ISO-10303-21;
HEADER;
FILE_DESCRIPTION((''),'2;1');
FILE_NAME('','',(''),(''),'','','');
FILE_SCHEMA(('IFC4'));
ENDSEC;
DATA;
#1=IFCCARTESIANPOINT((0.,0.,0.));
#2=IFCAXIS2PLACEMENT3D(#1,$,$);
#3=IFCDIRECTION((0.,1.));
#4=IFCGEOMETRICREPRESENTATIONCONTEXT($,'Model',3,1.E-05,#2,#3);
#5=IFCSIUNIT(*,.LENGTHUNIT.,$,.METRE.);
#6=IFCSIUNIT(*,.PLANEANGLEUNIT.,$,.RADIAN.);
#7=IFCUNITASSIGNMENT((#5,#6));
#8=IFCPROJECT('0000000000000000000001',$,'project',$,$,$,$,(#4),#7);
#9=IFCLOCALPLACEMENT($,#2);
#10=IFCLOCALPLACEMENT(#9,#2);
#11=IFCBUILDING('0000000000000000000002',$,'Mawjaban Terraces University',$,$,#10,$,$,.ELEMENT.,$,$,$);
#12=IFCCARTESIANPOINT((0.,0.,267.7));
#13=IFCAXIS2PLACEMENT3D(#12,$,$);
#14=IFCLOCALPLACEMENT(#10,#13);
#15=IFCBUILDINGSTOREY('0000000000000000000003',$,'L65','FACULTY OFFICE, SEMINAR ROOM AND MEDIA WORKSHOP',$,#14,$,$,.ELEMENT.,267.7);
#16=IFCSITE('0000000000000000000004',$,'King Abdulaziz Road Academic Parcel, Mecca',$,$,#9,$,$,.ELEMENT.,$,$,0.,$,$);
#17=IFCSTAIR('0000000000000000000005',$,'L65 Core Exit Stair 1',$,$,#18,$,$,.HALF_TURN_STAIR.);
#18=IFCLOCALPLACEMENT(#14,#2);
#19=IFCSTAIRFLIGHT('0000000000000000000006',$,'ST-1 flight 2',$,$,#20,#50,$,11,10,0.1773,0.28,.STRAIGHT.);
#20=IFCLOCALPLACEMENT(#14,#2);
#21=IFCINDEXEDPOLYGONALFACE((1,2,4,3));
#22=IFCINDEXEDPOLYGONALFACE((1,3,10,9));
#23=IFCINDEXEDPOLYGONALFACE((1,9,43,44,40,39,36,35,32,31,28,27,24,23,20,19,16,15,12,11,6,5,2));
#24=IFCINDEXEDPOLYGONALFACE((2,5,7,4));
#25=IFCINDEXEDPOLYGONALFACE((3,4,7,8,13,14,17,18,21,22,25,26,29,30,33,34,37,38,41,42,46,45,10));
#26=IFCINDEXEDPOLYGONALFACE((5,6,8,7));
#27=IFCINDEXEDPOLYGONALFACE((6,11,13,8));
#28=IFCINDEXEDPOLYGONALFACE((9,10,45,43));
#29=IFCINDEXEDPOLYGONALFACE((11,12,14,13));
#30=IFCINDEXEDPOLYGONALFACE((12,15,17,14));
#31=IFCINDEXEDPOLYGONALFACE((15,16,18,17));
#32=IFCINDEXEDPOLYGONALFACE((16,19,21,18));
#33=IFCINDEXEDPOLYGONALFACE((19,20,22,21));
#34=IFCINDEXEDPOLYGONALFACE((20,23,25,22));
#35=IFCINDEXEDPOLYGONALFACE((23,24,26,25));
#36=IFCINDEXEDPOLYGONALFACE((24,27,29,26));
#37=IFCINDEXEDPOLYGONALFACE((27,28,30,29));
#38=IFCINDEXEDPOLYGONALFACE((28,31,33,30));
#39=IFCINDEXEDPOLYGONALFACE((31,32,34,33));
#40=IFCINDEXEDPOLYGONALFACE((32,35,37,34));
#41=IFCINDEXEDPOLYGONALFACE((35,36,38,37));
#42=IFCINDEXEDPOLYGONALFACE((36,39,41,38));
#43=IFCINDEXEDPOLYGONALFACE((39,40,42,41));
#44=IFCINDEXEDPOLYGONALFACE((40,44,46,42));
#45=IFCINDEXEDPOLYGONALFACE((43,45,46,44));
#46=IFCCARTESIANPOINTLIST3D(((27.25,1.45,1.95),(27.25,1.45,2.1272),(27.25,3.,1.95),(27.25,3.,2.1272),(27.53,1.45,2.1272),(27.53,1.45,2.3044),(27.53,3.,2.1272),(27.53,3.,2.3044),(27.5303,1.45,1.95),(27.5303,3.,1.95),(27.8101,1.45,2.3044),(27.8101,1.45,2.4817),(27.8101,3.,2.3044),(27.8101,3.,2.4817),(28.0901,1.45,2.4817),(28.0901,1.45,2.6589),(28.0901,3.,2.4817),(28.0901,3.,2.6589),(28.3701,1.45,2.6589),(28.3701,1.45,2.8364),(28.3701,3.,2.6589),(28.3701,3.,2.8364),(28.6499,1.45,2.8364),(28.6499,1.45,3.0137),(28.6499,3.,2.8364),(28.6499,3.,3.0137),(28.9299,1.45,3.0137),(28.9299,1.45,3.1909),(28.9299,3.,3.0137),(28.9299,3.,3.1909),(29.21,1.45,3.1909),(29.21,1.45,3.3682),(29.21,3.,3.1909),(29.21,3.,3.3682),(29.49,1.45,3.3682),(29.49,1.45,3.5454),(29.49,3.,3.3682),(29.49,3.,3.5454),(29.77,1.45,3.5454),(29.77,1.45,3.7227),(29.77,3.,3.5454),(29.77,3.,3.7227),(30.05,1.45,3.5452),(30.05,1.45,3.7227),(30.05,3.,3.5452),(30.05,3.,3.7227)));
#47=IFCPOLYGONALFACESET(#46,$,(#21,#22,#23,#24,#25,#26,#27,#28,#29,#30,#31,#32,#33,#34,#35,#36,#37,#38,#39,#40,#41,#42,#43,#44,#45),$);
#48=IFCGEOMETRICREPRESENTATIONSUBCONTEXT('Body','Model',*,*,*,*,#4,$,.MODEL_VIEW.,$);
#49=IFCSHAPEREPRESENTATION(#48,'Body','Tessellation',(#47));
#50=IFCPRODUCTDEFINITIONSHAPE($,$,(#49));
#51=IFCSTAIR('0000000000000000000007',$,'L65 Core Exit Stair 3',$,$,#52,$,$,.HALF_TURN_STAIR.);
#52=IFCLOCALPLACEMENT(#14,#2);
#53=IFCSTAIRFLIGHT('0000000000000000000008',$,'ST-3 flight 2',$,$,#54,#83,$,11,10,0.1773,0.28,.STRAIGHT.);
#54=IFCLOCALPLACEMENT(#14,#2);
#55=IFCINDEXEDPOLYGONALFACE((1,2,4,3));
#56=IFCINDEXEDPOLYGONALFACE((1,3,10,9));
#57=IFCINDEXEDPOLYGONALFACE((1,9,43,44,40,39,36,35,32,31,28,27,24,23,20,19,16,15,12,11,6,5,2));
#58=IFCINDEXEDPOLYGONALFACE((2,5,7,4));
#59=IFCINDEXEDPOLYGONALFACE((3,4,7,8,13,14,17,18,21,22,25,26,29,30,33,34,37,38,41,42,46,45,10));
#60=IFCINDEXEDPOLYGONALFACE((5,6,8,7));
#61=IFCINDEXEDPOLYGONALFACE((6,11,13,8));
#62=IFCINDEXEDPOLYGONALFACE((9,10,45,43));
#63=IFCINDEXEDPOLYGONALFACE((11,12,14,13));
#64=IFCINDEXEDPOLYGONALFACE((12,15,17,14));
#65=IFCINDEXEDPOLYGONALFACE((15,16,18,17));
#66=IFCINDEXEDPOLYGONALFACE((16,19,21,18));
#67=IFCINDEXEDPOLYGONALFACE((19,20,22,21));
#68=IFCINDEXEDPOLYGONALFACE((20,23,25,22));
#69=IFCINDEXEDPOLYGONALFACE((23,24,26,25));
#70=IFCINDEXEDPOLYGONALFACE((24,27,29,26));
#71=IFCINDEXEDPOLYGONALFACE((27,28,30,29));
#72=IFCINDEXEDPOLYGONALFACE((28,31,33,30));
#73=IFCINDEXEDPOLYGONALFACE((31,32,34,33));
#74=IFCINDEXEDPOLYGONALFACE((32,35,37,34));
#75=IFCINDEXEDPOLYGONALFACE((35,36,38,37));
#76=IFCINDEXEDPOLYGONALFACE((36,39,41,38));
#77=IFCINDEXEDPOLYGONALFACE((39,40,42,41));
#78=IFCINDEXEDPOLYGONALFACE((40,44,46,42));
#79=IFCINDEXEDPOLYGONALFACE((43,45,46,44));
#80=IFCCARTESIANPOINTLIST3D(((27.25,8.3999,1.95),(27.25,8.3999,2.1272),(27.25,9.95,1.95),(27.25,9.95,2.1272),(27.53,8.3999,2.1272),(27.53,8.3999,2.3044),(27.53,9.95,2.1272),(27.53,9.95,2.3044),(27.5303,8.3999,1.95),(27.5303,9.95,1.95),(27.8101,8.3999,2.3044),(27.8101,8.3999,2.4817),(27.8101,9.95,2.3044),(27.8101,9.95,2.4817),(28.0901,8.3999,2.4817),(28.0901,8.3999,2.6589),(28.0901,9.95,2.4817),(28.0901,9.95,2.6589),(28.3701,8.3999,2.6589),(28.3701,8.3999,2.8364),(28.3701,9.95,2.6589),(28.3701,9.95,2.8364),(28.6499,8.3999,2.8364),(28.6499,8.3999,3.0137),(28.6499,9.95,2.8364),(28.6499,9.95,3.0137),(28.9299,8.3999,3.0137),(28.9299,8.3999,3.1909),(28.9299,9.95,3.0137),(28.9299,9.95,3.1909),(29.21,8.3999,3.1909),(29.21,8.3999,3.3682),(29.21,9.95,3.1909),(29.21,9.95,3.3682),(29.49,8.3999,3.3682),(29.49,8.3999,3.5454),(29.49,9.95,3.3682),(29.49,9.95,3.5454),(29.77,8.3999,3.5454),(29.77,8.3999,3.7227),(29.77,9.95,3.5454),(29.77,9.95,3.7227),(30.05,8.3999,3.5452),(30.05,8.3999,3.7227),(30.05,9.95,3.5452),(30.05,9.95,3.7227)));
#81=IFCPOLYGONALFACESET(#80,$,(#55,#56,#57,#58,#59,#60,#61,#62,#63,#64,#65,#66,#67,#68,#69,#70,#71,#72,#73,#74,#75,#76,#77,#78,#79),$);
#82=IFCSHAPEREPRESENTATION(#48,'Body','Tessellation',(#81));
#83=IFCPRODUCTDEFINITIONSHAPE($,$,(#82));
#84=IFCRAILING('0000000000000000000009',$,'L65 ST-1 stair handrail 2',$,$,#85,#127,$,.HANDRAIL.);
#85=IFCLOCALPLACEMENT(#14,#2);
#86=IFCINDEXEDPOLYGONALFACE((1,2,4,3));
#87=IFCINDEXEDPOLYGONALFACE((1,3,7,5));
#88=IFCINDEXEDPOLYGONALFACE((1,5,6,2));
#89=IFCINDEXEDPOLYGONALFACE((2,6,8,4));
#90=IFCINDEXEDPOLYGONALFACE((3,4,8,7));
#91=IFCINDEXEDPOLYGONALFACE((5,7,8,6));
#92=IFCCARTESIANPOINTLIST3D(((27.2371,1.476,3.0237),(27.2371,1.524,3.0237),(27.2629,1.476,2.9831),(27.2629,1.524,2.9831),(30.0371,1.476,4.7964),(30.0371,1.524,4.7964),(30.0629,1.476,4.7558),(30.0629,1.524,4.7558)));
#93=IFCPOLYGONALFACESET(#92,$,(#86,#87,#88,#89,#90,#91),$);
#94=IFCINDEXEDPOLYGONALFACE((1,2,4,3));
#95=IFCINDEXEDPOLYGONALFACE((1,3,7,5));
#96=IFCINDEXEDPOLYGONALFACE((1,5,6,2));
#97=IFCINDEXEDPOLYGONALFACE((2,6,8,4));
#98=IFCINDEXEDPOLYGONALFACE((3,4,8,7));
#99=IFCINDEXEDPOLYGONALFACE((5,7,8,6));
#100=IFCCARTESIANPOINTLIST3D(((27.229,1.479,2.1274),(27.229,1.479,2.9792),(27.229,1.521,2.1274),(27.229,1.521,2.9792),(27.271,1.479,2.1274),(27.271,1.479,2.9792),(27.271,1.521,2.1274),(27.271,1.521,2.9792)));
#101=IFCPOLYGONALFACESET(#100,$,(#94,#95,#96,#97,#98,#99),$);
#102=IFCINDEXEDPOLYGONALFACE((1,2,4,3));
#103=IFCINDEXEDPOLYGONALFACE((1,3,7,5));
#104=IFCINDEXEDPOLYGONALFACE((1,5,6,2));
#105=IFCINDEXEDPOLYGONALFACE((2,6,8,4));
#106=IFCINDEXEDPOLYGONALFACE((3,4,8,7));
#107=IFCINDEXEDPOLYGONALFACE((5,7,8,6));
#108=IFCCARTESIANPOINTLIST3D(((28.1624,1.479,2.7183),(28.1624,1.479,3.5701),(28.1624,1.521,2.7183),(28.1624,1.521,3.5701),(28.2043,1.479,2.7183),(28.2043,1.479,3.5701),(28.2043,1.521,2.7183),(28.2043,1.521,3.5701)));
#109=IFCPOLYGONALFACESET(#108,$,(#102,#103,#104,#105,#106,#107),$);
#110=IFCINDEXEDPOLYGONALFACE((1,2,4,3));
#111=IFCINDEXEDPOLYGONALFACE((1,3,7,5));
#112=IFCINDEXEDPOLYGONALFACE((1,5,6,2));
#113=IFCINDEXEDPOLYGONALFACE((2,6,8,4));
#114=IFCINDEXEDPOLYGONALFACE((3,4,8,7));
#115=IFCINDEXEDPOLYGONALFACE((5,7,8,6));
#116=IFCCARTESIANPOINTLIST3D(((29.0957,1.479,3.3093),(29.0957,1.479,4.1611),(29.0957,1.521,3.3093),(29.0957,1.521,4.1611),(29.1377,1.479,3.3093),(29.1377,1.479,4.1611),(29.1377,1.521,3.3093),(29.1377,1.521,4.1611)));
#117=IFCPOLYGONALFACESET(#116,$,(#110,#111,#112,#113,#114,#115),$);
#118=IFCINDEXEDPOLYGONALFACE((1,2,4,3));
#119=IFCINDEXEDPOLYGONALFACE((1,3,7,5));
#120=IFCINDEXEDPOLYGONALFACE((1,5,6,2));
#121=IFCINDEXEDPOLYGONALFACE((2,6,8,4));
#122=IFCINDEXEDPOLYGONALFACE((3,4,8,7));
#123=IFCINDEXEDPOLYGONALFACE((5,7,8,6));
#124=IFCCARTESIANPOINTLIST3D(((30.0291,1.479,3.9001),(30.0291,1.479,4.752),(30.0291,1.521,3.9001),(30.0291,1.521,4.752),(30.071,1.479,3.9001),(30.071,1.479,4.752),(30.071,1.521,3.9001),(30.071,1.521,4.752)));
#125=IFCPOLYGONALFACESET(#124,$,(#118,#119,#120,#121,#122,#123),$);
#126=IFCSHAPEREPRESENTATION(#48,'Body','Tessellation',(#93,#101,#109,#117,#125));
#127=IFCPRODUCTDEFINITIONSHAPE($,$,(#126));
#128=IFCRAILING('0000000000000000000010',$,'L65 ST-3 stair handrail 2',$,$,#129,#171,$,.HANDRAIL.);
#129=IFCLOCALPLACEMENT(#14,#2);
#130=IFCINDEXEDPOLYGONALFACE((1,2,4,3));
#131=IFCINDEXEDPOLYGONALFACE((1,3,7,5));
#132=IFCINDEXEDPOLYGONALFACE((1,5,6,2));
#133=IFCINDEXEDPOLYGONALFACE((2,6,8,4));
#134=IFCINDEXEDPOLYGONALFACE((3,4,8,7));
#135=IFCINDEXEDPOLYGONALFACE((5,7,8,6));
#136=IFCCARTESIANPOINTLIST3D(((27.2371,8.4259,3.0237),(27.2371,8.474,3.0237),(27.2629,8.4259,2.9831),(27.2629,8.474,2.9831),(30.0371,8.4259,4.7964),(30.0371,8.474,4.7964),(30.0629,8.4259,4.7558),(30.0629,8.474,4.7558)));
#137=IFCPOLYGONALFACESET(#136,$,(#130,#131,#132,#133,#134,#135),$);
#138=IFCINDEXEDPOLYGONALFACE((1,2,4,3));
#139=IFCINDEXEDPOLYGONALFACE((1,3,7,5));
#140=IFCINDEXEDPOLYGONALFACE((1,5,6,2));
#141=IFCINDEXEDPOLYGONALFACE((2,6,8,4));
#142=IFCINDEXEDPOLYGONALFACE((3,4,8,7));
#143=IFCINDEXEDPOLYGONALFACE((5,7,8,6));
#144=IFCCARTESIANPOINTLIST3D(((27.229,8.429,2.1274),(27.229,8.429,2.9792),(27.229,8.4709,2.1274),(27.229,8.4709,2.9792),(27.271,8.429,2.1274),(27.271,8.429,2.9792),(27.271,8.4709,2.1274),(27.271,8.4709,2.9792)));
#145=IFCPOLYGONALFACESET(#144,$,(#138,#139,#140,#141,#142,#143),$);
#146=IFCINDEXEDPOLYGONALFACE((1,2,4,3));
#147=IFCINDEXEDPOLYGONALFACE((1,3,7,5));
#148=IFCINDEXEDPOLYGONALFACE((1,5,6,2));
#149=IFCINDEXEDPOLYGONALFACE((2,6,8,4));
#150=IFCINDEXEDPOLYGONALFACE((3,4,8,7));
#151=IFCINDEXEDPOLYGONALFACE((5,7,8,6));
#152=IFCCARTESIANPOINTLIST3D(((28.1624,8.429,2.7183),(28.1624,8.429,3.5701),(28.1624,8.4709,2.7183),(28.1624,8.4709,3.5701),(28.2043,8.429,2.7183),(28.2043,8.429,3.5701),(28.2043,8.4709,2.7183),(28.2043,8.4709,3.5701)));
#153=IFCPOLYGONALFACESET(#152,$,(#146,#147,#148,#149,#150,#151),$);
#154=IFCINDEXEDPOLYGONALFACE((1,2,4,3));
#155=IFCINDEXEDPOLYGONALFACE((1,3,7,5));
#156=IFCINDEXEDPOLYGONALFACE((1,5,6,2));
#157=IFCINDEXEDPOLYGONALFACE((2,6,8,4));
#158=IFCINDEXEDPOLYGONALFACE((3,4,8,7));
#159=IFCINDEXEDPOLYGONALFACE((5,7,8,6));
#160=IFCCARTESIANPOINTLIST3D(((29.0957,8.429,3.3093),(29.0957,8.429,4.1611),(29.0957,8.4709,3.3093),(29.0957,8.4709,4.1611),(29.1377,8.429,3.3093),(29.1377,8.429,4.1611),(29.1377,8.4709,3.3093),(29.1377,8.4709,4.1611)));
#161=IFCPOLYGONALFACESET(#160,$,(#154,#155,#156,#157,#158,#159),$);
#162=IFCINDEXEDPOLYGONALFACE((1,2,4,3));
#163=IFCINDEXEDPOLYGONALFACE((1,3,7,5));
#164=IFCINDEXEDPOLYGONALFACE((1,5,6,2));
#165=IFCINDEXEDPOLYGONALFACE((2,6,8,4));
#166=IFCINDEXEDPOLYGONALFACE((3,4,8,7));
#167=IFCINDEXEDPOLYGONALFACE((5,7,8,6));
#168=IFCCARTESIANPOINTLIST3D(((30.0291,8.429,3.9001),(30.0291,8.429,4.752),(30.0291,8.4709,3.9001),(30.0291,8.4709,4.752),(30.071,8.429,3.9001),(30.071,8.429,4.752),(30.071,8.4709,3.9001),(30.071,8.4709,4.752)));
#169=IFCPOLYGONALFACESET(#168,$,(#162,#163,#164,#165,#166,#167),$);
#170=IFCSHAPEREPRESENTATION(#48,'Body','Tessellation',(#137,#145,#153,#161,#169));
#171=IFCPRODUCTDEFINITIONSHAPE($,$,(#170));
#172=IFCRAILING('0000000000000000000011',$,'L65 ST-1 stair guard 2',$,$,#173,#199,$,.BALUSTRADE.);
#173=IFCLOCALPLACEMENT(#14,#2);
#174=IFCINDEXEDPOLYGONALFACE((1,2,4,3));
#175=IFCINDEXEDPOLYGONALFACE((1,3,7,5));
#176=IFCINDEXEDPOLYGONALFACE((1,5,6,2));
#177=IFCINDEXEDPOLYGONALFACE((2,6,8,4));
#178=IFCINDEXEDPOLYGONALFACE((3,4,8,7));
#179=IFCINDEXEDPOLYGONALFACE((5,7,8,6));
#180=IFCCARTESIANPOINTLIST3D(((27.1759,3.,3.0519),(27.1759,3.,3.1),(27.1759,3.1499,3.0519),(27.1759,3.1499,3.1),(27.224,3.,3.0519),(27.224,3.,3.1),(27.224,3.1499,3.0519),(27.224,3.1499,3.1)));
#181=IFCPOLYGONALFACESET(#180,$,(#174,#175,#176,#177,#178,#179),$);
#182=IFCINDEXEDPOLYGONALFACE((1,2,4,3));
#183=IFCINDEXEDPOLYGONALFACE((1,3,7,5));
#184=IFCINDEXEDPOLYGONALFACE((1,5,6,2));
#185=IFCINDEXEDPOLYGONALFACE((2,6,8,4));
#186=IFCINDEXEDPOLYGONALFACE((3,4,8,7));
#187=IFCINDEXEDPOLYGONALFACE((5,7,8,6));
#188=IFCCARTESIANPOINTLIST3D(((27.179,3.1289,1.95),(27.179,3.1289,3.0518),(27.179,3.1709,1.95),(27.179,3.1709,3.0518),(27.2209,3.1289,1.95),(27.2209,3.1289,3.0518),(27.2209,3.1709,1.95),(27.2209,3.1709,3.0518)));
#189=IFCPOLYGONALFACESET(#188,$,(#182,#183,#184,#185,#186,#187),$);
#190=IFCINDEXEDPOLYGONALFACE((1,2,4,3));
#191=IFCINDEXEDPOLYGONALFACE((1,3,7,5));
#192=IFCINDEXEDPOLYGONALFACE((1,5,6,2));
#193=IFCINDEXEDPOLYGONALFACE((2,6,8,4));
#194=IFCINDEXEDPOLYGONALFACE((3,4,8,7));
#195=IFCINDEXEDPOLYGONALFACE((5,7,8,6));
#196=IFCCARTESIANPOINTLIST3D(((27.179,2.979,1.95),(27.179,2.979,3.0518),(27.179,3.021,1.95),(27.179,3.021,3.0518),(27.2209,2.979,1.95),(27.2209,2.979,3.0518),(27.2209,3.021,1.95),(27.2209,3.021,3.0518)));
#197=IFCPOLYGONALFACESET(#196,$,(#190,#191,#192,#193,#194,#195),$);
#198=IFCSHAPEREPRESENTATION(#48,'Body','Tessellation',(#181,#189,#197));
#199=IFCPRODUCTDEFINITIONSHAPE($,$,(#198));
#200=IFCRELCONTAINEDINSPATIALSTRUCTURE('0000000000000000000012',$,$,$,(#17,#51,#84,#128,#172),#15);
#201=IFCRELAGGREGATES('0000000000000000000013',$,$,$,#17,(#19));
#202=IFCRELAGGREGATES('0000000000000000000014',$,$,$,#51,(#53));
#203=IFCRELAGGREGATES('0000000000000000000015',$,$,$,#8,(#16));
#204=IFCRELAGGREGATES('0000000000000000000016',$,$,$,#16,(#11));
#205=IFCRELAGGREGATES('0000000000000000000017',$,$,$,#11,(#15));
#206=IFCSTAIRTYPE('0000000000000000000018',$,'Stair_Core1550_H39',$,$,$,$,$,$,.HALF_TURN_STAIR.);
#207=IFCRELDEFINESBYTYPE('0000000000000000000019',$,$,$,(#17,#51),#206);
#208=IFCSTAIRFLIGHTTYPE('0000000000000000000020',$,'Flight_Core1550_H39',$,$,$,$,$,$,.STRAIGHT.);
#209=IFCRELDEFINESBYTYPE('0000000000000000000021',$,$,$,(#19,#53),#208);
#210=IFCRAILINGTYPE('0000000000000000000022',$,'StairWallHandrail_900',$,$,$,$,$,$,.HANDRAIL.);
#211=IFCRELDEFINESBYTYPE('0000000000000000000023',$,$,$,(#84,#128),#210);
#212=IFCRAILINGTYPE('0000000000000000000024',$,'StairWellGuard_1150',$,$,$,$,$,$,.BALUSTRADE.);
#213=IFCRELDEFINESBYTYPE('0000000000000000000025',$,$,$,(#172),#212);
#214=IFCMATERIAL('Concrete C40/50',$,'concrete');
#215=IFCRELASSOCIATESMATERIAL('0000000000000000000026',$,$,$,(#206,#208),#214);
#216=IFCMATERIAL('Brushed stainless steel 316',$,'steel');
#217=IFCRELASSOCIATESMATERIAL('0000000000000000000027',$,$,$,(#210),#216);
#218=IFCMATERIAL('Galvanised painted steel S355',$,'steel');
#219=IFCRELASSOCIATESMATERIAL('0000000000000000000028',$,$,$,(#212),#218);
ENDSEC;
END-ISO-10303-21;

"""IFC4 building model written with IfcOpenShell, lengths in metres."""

from ifc_helpers import new_model, si_unit, direction, frame, origin, origin_2d, place, context, subcontext, project, spatial, polyline, rectangle, outline, extrude, material, type_object, element, aggregate, save


model = new_model("IFC4")

# Units and contexts
model_context = context("Model", 3, precision=1e-05, world=origin(), true_north=direction((0.0, 1.0)))
body_context = subcontext(model_context, "Body", "Model", "MODEL_VIEW")
ifc_project = project(units=[si_unit("LENGTHUNIT", "METRE"), si_unit("PLANEANGLEUNIT", "RADIAN")], contexts=[model_context])

# Site, building, storey
site_placement = place(None, origin())
site = spatial("IfcSite", under=ifc_project, at=site_placement, Name="King Abdulaziz Road Academic Parcel, Mecca", CompositionType="ELEMENT", RefElevation=0.0)
building_placement = place(site_placement, origin())
building = spatial("IfcBuilding", under=site, at=building_placement, Name="Mawjaban Terraces University", CompositionType="ELEMENT")
storey_placement = place(building_placement, frame((0.0, 0.0, 267.7)))
storey = spatial("IfcBuildingStorey", under=building, at=storey_placement, Name="L65", Description="FACULTY OFFICE, SEMINAR ROOM AND MEDIA WORKSHOP", CompositionType="ELEMENT", Elevation=267.7)

# Stairs, stair flights
ifc_material_1 = material(Name="Concrete C40/50", Category="concrete")
stair_type = type_object("IfcStairType", Name="Stair_Core1550_H39", PredefinedType="HALF_TURN_STAIR", material=ifc_material_1)
stair_1_placement = place(storey_placement, origin())
stair_1 = element("IfcStair", 1, at=stair_1_placement, inside=storey, type_object=stair_type, Name="L65 Core Exit Stair 1", PredefinedType="HALF_TURN_STAIR")
stair_flight_type = type_object("IfcStairFlightType", Name="Flight_Core1550_H39", PredefinedType="STRAIGHT", material=ifc_material_1)
stair_flight_1_placement = place(storey_placement, frame((27.25, 2.2251, 1.95), z_axis=(0.0, 0.0, 1.0), x_axis=(1.0, 0.0, 0.0)))
stair_flight_1 = element("IfcStairFlight", 2, at=stair_flight_1_placement, type_object=stair_flight_type, Name="ST-1 flight 2", NumberOfRisers=11, NumberOfTreads=10, PredefinedType="STRAIGHT", RiserHeight=0.1773, TreadLength=0.28, context=body_context, shape_type="SweptSolid", body=[
    extrude(outline(polyline([(0.0, 0.0), (0.0, 0.1772), (0.28, 0.1772), (0.28, 0.3545), (0.5601, 0.3545), (0.5601, 0.5317), (0.8401, 0.5317), (0.8401, 0.709), (1.1201, 0.709), (1.1201, 0.8865), (1.3999, 0.8865), (1.3999, 1.0637), (1.6799, 1.0637), (1.6799, 1.241), (1.96, 1.241), (1.96, 1.4182), (2.24, 1.4182), (2.24, 1.5955), (2.52, 1.5955), (2.52, 1.7727), (2.8, 1.7727), (2.8, 1.95), (2.8, 1.5952), (0.2803, 0.0), (0.0, 0.0)])), frame((0.0, 0.7749, 0.0), z_axis=(0.0, -1.0, 0.0), x_axis=(1.0, 0.0, 0.0)), (0.0, 0.0, 1.0), 1.55),
])
aggregate(stair_1, [stair_flight_1])
stair_2_placement = place(storey_placement, origin())
stair_2 = element("IfcStair", 3, at=stair_2_placement, inside=storey, type_object=stair_type, Name="L65 Core Exit Stair 3", PredefinedType="HALF_TURN_STAIR")
stair_flight_2_placement = place(storey_placement, frame((27.25, 9.175, 1.95), z_axis=(0.0, 0.0, 1.0), x_axis=(1.0, 0.0, 0.0)))
stair_flight_2 = element("IfcStairFlight", 4, at=stair_flight_2_placement, type_object=stair_flight_type, Name="ST-3 flight 2", NumberOfRisers=11, NumberOfTreads=10, PredefinedType="STRAIGHT", RiserHeight=0.1773, TreadLength=0.28, context=body_context, shape_type="SweptSolid", body=[
    extrude(outline(polyline([(0.0, 0.0), (0.0, 0.1772), (0.28, 0.1772), (0.28, 0.3545), (0.5601, 0.3545), (0.5601, 0.5317), (0.8401, 0.5317), (0.8401, 0.709), (1.1201, 0.709), (1.1201, 0.8865), (1.3999, 0.8865), (1.3999, 1.0637), (1.6799, 1.0637), (1.6799, 1.241), (1.96, 1.241), (1.96, 1.4182), (2.24, 1.4182), (2.24, 1.5955), (2.52, 1.5955), (2.52, 1.7727), (2.8, 1.7727), (2.8, 1.95), (2.8, 1.5952), (0.2803, 0.0), (0.0, 0.0)])), frame((0.0, 0.7749, 0.0), z_axis=(0.0, -1.0, 0.0), x_axis=(1.0, 0.0, 0.0)), (0.0, 0.0, 1.0), 1.55),
])
aggregate(stair_2, [stair_flight_2])

# Railings
ifc_material_2 = material(Name="Brushed stainless steel 316", Category="steel")
railing_type_1 = type_object("IfcRailingType", Name="StairWallHandrail_900", PredefinedType="HANDRAIL", material=ifc_material_2)
for number, where, name in (
    (5, (27.25, 1.5, 2.1274), "L65 ST-1 stair handrail 2"),
    (6, (27.25, 8.45, 2.1274), "L65 ST-3 stair handrail 2"),
):
    element("IfcRailing", number, at=place(storey_placement, frame(where)), inside=storey, type_object=railing_type_1, Name=name, PredefinedType="HANDRAIL", context=body_context, shape_type="SweptSolid", body=[
        extrude(rectangle(XDim=0.0481, YDim=0.0481, at=origin_2d()), frame((0.0, 0.0, 0.876), z_axis=(0.844909, 0.0, 0.53491), x_axis=(0.0, 1.0, 0.0)), (0.0, 0.0, 1.0), 3.314),
        extrude(rectangle(XDim=0.042, YDim=0.042, at=origin_2d()), origin(), (0.0, 0.0, 1.0), 0.8518),
        extrude(rectangle(XDim=0.042, YDim=0.042, at=origin_2d()), frame((0.9333, 0.0, 0.5908)), (0.0, 0.0, 1.0), 0.8518),
        extrude(rectangle(XDim=0.042, YDim=0.042, at=origin_2d()), frame((1.8667, 0.0, 1.1819)), (0.0, 0.0, 1.0), 0.8518),
        extrude(rectangle(XDim=0.042, YDim=0.042, at=origin_2d()), frame((2.8, 0.0, 1.7727)), (0.0, 0.0, 1.0), 0.8518),
    ])
ifc_material_3 = material(Name="Galvanised painted steel S355", Category="steel")
railing_type_2 = type_object("IfcRailingType", Name="StairWellGuard_1150", PredefinedType="BALUSTRADE", material=ifc_material_3)
railing_1_placement = place(storey_placement, frame((27.2, 3.1499, 1.95)))
element("IfcRailing", 7, at=railing_1_placement, inside=storey, type_object=railing_type_2, Name="L65 ST-1 stair guard 2", PredefinedType="BALUSTRADE", context=body_context, shape_type="SweptSolid", body=[
    extrude(rectangle(XDim=0.0481, YDim=0.0481, at=origin_2d()), frame((0.0, 0.0, 1.126), z_axis=(0.0, -1.0, 0.0), x_axis=(1.0, 0.0, 0.0)), (0.0, 0.0, 1.0), 0.1499),
    extrude(rectangle(XDim=0.042, YDim=0.042, at=origin_2d()), origin(), (0.0, 0.0, 1.0), 1.1018),
    extrude(rectangle(XDim=0.042, YDim=0.042, at=origin_2d()), frame((0.0, -0.1499, 0.0)), (0.0, 0.0, 1.0), 1.1018),
])

save(model, "model.ifc")
